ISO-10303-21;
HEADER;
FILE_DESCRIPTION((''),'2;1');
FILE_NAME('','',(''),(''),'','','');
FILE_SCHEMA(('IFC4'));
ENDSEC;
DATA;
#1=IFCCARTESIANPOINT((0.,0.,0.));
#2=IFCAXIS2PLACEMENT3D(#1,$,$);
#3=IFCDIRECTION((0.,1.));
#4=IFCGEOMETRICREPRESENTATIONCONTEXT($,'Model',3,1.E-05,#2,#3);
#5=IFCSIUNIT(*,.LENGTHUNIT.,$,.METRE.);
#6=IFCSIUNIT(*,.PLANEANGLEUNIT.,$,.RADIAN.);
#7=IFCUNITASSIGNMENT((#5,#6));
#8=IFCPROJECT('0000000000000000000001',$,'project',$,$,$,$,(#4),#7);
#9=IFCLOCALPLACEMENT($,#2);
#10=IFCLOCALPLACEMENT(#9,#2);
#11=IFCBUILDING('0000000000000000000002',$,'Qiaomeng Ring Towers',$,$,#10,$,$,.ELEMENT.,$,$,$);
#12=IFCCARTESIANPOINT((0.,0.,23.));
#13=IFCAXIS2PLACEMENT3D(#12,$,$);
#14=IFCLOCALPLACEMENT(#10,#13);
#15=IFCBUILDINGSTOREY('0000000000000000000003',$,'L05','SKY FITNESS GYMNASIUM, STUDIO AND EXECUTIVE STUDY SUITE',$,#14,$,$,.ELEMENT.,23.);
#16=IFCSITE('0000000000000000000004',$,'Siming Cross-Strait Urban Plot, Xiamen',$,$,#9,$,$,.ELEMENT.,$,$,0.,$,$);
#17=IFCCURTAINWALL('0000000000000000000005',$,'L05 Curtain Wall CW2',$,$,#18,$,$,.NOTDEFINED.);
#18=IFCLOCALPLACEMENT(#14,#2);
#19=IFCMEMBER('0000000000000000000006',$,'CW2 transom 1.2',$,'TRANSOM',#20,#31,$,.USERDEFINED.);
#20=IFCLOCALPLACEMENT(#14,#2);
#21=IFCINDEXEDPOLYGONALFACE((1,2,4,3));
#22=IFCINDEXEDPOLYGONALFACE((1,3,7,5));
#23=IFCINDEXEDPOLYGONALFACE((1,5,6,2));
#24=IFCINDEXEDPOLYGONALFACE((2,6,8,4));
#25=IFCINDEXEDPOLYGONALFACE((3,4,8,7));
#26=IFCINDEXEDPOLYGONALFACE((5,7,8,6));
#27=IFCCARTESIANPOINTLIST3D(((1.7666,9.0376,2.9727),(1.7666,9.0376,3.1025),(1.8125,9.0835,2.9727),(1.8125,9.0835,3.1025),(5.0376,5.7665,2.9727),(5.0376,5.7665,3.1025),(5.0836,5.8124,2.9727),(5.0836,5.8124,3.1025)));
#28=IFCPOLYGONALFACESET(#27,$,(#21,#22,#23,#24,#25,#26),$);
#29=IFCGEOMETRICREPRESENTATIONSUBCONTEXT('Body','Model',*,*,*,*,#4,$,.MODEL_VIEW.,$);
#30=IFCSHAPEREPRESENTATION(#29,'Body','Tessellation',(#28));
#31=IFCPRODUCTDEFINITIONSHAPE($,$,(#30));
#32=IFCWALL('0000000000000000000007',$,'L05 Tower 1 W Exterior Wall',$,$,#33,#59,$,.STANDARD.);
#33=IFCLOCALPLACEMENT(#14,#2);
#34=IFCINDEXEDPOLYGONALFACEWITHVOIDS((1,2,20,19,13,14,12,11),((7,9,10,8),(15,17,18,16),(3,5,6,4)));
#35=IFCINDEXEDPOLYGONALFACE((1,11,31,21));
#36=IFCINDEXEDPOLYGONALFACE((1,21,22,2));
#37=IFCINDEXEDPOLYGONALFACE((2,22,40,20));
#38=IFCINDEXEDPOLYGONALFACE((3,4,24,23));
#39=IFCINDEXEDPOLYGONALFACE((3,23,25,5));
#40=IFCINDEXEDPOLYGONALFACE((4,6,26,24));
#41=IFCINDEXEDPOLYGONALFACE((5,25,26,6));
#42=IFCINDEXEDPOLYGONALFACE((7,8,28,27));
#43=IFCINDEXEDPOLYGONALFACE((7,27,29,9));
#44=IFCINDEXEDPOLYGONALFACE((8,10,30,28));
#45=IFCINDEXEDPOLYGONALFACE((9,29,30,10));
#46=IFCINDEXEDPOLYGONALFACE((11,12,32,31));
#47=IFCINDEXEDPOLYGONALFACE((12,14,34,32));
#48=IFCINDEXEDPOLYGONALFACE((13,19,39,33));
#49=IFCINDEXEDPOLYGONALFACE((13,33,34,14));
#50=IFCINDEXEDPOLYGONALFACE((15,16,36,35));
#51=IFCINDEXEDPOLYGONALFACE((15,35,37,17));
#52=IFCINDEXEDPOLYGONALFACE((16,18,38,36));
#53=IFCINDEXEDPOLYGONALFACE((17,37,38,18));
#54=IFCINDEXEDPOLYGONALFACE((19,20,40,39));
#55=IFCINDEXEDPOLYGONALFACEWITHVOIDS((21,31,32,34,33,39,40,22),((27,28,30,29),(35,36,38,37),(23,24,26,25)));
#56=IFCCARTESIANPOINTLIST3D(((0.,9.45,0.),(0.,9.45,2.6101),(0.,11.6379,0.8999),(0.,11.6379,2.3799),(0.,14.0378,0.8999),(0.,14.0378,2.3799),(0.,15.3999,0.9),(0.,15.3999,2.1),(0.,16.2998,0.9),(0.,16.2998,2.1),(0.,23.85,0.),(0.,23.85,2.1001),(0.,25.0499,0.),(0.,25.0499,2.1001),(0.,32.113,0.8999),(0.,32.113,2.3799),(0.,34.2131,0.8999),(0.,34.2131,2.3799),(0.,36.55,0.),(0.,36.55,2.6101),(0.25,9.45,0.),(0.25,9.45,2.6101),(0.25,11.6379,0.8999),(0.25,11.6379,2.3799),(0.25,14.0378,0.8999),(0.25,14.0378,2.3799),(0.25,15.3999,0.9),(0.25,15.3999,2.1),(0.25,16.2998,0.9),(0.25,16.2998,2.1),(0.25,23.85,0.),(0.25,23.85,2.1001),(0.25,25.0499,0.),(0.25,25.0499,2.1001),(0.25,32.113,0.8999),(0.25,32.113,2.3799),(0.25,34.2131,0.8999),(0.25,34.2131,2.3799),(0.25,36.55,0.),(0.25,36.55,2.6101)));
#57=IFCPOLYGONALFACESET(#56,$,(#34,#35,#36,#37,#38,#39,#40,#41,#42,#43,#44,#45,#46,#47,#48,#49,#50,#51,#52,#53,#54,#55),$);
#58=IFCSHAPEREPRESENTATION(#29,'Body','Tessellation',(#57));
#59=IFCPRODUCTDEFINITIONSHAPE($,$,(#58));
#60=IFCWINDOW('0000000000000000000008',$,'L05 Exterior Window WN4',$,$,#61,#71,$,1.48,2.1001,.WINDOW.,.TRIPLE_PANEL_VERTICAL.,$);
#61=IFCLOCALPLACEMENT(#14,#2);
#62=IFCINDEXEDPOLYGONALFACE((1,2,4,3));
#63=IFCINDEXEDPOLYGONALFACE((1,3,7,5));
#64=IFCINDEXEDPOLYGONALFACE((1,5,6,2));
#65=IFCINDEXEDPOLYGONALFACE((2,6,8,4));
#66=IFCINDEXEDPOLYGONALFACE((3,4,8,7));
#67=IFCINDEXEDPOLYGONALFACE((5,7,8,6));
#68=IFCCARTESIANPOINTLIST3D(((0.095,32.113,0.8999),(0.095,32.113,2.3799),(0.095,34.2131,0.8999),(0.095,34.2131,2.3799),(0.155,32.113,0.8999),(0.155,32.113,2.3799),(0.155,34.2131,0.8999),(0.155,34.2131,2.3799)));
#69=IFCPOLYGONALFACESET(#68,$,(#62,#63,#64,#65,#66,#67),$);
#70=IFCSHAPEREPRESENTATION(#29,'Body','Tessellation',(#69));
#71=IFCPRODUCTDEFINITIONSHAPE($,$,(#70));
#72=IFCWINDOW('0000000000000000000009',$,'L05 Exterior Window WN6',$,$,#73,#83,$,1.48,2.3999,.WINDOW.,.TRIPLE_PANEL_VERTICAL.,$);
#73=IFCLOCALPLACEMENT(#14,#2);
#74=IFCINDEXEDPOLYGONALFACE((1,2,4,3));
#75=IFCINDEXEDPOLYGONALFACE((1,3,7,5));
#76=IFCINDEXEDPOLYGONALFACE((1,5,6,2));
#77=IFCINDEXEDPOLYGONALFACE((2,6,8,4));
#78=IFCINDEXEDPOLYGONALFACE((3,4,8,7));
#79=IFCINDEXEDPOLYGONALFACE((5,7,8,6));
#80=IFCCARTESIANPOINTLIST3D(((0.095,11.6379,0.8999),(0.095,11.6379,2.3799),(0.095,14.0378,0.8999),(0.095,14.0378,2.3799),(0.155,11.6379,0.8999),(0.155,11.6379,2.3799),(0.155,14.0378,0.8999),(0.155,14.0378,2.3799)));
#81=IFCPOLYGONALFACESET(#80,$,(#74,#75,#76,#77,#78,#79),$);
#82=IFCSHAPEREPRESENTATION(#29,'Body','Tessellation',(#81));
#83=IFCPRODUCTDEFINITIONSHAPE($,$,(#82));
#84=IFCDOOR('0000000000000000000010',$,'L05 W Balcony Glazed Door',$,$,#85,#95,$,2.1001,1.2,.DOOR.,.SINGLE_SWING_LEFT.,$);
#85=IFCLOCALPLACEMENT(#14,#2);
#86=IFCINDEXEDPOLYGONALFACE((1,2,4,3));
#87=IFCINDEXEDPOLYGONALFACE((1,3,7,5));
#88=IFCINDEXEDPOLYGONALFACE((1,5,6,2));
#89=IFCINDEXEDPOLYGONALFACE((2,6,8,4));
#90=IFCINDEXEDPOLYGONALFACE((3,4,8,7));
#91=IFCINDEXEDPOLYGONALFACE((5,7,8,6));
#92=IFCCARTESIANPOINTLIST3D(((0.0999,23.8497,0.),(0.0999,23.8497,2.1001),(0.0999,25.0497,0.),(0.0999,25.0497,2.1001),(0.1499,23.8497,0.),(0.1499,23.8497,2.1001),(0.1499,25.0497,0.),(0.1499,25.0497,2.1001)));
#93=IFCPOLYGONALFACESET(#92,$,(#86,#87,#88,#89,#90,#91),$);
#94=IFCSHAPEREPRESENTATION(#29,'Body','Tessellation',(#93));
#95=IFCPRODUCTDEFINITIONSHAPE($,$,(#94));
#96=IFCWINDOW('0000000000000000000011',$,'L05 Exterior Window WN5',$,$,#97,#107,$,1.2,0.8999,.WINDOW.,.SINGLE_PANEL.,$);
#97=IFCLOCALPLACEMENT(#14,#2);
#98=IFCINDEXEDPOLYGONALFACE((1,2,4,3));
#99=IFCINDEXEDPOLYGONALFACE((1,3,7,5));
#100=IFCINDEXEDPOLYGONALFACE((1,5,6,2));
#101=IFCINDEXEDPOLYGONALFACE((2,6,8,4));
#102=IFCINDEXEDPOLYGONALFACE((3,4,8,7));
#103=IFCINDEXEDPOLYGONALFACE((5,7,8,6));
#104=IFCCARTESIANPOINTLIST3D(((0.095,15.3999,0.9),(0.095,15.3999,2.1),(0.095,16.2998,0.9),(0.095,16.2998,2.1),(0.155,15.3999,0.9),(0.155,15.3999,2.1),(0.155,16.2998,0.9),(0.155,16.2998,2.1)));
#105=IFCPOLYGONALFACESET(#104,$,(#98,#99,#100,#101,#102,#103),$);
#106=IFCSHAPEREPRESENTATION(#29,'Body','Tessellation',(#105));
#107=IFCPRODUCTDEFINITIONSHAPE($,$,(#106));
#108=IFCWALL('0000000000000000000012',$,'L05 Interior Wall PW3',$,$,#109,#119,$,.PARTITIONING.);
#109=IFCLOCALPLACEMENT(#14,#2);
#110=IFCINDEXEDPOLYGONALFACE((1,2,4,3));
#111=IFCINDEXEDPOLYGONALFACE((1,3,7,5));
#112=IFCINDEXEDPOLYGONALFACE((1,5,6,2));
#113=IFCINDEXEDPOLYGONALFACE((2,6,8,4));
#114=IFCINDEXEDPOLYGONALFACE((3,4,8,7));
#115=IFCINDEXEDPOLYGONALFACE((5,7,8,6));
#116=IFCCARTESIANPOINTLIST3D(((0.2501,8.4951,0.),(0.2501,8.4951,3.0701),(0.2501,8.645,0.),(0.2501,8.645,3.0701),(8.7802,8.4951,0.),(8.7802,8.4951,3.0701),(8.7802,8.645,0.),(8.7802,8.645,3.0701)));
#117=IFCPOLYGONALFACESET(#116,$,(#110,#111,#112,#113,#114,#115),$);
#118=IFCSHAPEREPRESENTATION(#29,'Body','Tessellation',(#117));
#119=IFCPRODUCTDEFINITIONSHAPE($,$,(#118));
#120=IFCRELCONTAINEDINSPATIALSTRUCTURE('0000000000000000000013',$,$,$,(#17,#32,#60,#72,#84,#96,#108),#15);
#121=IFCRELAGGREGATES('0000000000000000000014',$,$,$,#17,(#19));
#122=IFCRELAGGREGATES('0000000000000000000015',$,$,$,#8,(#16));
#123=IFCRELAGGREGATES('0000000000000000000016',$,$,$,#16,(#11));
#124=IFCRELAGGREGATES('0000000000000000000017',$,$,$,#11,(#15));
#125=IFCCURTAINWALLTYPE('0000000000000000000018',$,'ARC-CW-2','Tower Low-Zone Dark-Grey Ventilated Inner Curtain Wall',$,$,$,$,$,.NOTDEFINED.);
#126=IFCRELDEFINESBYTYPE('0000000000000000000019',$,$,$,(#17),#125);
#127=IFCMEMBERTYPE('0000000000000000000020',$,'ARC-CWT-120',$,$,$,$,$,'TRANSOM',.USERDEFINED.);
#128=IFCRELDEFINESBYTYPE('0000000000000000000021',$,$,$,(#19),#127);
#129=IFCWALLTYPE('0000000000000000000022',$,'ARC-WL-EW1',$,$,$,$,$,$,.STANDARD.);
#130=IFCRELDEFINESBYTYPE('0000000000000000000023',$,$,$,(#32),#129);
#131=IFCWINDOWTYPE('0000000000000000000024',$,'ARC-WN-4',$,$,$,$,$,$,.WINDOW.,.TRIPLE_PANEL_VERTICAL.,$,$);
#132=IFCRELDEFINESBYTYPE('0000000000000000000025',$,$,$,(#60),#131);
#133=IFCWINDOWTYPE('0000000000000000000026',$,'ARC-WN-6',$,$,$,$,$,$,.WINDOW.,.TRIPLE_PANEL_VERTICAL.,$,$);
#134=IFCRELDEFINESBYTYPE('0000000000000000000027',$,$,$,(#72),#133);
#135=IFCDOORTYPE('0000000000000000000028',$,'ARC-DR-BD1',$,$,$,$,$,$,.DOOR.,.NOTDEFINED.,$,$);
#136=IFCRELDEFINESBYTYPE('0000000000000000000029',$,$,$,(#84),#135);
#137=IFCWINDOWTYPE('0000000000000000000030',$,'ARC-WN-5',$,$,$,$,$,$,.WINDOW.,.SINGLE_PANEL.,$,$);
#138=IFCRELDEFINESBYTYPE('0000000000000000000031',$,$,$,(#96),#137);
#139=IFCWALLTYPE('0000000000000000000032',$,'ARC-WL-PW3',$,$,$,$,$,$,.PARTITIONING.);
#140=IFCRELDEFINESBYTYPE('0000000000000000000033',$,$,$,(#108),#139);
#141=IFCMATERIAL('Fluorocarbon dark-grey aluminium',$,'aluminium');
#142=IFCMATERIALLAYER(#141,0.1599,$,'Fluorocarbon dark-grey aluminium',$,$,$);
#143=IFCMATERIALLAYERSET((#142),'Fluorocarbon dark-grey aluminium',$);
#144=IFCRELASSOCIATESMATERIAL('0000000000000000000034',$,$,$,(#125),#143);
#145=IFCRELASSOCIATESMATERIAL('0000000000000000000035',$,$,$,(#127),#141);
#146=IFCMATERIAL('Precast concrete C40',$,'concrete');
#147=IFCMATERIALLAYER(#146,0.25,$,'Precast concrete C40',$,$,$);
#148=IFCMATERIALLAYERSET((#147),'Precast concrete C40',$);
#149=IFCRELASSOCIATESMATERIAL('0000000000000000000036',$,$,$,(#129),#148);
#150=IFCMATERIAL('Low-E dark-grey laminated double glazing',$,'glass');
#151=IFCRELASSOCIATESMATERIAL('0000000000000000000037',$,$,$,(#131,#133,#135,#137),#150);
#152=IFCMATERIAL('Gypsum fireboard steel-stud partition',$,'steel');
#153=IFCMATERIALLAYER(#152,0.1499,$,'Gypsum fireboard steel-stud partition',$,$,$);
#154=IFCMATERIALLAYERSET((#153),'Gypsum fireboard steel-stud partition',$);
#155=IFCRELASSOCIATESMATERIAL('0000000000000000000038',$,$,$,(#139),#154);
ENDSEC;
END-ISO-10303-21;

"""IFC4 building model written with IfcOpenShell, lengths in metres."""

from ifc_helpers import new_model, si_unit, direction, frame, frame_2d, origin, origin_2d, place, context, subcontext, project, spatial, rectangle, extrude, source, transform, mapped, material, layer, layer_set, material_profile, profile_set, type_object, element, fill, aggregate, save


model = new_model("IFC4")

# Units and contexts
model_context = context("Model", 3, precision=1e-05, world=origin(), true_north=direction((0.0, 1.0)))
body_context = subcontext(model_context, "Body", "Model", "MODEL_VIEW")
ifc_project = project(units=[si_unit("LENGTHUNIT", "METRE"), si_unit("PLANEANGLEUNIT", "RADIAN")], contexts=[model_context])

# Site, building, storey
site_placement = place(None, origin())
site = spatial("IfcSite", under=ifc_project, at=site_placement, Name="Siming Cross-Strait Urban Plot, Xiamen", CompositionType="ELEMENT", RefElevation=0.0)
building_placement = place(site_placement, origin())
building = spatial("IfcBuilding", under=site, at=building_placement, Name="Qiaomeng Ring Towers", CompositionType="ELEMENT")
storey_placement = place(building_placement, frame((0.0, 0.0, 23.0)))
storey = spatial("IfcBuildingStorey", under=building, at=storey_placement, Name="L05", Description="SKY FITNESS GYMNASIUM, STUDIO AND EXECUTIVE STUDY SUITE", CompositionType="ELEMENT", Elevation=23.0)

# Curtain wall, member
ifc_material_1 = material(Name="Fluorocarbon dark-grey aluminium", Category="aluminium")
ifc_layer_1 = layer(ifc_material_1, 0.1599, Name="Fluorocarbon dark-grey aluminium")
ifc_layer_set_1 = layer_set([ifc_layer_1], Name="Fluorocarbon dark-grey aluminium")
curtain_wall_type = type_object("IfcCurtainWallType", Name="ARC-CW-2", Description="Tower Low-Zone Dark-Grey Ventilated Inner Curtain Wall", PredefinedType="NOTDEFINED", material=ifc_layer_set_1)
curtain_wall_placement = place(storey_placement, origin())
curtain_wall = element("IfcCurtainWall", 1, at=curtain_wall_placement, inside=storey, type_object=curtain_wall_type, Name="L05 Curtain Wall CW2", PredefinedType="NOTDEFINED")
ifc_material_profile_1 = material_profile(ifc_material_1, rectangle(XDim=0.0649, YDim=0.1299, at=origin_2d()), Name="ALU TRAN 65x130")
ifc_profile_set_1 = profile_set([ifc_material_profile_1], Name="Fluorocarbon dark-grey aluminium")
member_type_1 = type_object("IfcMemberType", Name="ARC-CWT-120", ElementType="TRANSOM", PredefinedType="USERDEFINED", material=ifc_profile_set_1)
shared_shape_1 = source(origin(), body_context, "Body", "SweptSolid", [
    extrude(rectangle(XDim=0.0649, YDim=0.1299, at=origin_2d()), origin(), (0.0, 0.0, 1.0), 4.626),
])
member_1_placement = place(storey_placement, frame((1.7896, 9.0605, 3.0376), z_axis=(0.707107, -0.707107, 0.0), x_axis=(0.707107, 0.707107, 0.0)))
member_1 = element("IfcMember", 2, at=member_1_placement, type_object=member_type_1, Name="CW2 transom 1.2", ObjectType="TRANSOM", PredefinedType="USERDEFINED", context=body_context, shape_type="MappedRepresentation", body=[
    mapped(shared_shape_1, transform((0.0, 0.0, 0.0), x_axis=(1.0, 0.0, 0.0), y_axis=(0.0, 1.0, 0.0), z_axis=(0.0, 0.0, 1.0), scale=1.0)),
])
aggregate(curtain_wall, [member_1])

# Wall, openings, windows, door
ifc_material_2 = material(Name="Precast concrete C40", Category="concrete")
ifc_layer_2 = layer(ifc_material_2, 0.25, Name="Precast concrete C40")
ifc_layer_set_2 = layer_set([ifc_layer_2], Name="Precast concrete C40")
wall_type_1 = type_object("IfcWallType", Name="ARC-WL-EW1", PredefinedType="STANDARD", material=ifc_layer_set_2)
wall_1_placement = place(storey_placement, frame((0.125, 9.45, 0.0), z_axis=(0.0, 0.0, 1.0), x_axis=(0.0, 1.0, 0.0)))
wall_1 = element("IfcWall", 3, at=wall_1_placement, inside=storey, type_object=wall_type_1, Name="L05 Tower 1 W Exterior Wall", PredefinedType="STANDARD", context=body_context, shape_type="SweptSolid", body=[
    extrude(rectangle(XDim=27.1001, YDim=0.25, at=frame_2d((13.55, 0.0))), origin(), (0.0, 0.0, 1.0), 2.6101),
])
opening_1_placement = place(wall_1_placement, frame((14.3999, 0.0, 0.0)))
opening_1 = element("IfcOpeningElement", 4, at=opening_1_placement, cuts=wall_1, PredefinedType="OPENING", context=body_context, shape_type="SweptSolid", body=[
    extrude(rectangle(XDim=1.2, YDim=2.1001, at=frame_2d((0.6001, 1.05))), frame((0.0, 0.135, 0.0), z_axis=(0.0, -1.0, 0.0), x_axis=(1.0, 0.0, 0.0)), (0.0, 0.0, 1.0), 0.27),
])
opening_2_placement = place(wall_1_placement, frame((2.188, 0.0, 0.8999)))
opening_2 = element("IfcOpeningElement", 5, at=opening_2_placement, cuts=wall_1, PredefinedType="OPENING", context=body_context, shape_type="SweptSolid", body=[
    extrude(rectangle(XDim=2.3999, YDim=1.48, at=frame_2d((1.2, 0.74))), frame((0.0, 0.135, 0.0), z_axis=(0.0, -1.0, 0.0), x_axis=(1.0, 0.0, 0.0)), (0.0, 0.0, 1.0), 0.27),
])
opening_3_placement = place(wall_1_placement, frame((22.6631, 0.0, 0.8999)))
opening_3 = element("IfcOpeningElement", 6, at=opening_3_placement, cuts=wall_1, PredefinedType="OPENING", context=body_context, shape_type="SweptSolid", body=[
    extrude(rectangle(XDim=2.1001, YDim=1.48, at=frame_2d((1.05, 0.74))), frame((0.0, 0.135, 0.0), z_axis=(0.0, -1.0, 0.0), x_axis=(1.0, 0.0, 0.0)), (0.0, 0.0, 1.0), 0.27),
])
opening_4_placement = place(wall_1_placement, frame((5.95, 0.0, 0.8999)))
opening_4 = element("IfcOpeningElement", 7, at=opening_4_placement, cuts=wall_1, PredefinedType="OPENING", context=body_context, shape_type="SweptSolid", body=[
    extrude(rectangle(XDim=0.8999, YDim=1.2, at=frame_2d((0.45, 0.6001))), frame((0.0, 0.135, 0.0), z_axis=(0.0, -1.0, 0.0), x_axis=(1.0, 0.0, 0.0)), (0.0, 0.0, 1.0), 0.27),
])
ifc_material_3 = material(Name="Low-E dark-grey laminated double glazing", Category="glass")
window_type_1 = type_object("IfcWindowType", Name="ARC-WN-4", PartitioningType="TRIPLE_PANEL_VERTICAL", PredefinedType="WINDOW", material=ifc_material_3)
shared_shape_2 = source(origin(), body_context, "Body", "SweptSolid", [
    extrude(rectangle(XDim=2.1001, YDim=1.48, at=frame_2d((1.05, 0.74))), frame((0.0, 0.03, 0.0), z_axis=(0.0, -1.0, 0.0), x_axis=(1.0, 0.0, 0.0)), (0.0, 0.0, 1.0), 0.0601),
])
window_1_placement = place(opening_3_placement, origin())
window_1 = element("IfcWindow", 8, at=window_1_placement, inside=storey, type_object=window_type_1, Name="L05 Exterior Window WN4", OverallHeight=1.48, OverallWidth=2.1001, PartitioningType="TRIPLE_PANEL_VERTICAL", PredefinedType="WINDOW", context=body_context, shape_type="MappedRepresentation", body=[
    mapped(shared_shape_2, transform((0.0, 0.0, 0.0), x_axis=(1.0, 0.0, 0.0), y_axis=(0.0, 1.0, 0.0), z_axis=(0.0, 0.0, 1.0), scale=1.0)),
])
fill(opening_3, window_1)
window_type_2 = type_object("IfcWindowType", Name="ARC-WN-6", PartitioningType="TRIPLE_PANEL_VERTICAL", PredefinedType="WINDOW", material=ifc_material_3)
shared_shape_3 = source(origin(), body_context, "Body", "SweptSolid", [
    extrude(rectangle(XDim=2.3999, YDim=1.48, at=frame_2d((1.2, 0.74))), frame((0.0, 0.03, 0.0), z_axis=(0.0, -1.0, 0.0), x_axis=(1.0, 0.0, 0.0)), (0.0, 0.0, 1.0), 0.0601),
])
window_2_placement = place(opening_2_placement, origin())
window_2 = element("IfcWindow", 9, at=window_2_placement, inside=storey, type_object=window_type_2, Name="L05 Exterior Window WN6", OverallHeight=1.48, OverallWidth=2.3999, PartitioningType="TRIPLE_PANEL_VERTICAL", PredefinedType="WINDOW", context=body_context, shape_type="MappedRepresentation", body=[
    mapped(shared_shape_3, transform((0.0, 0.0, 0.0), x_axis=(1.0, 0.0, 0.0), y_axis=(0.0, 1.0, 0.0), z_axis=(0.0, 0.0, 1.0), scale=1.0)),
])
fill(opening_2, window_2)
door_type_1 = type_object("IfcDoorType", Name="ARC-DR-BD1", OperationType="NOTDEFINED", PredefinedType="DOOR", material=ifc_material_3)
shared_shape_4 = source(origin(), body_context, "Body", "SweptSolid", [
    extrude(rectangle(XDim=1.2, YDim=2.1001, at=frame_2d((0.6001, 1.05))), frame((0.0, 0.0249, 0.0), z_axis=(0.0, -1.0, 0.0), x_axis=(1.0, 0.0, 0.0)), (0.0, 0.0, 1.0), 0.05),
])
door_1_placement = place(opening_1_placement, frame((1.2, 0.0, 0.0), z_axis=(0.0, 0.0, 1.0), x_axis=(-1.0, 0.0, 0.0)))
door_1 = element("IfcDoor", 10, at=door_1_placement, inside=storey, type_object=door_type_1, Name="L05 W Balcony Glazed Door", OperationType="SINGLE_SWING_LEFT", OverallHeight=2.1001, OverallWidth=1.2, PredefinedType="DOOR", context=body_context, shape_type="MappedRepresentation", body=[
    mapped(shared_shape_4, transform((0.0, 0.0, 0.0), x_axis=(1.0, 0.0, 0.0), y_axis=(0.0, 1.0, 0.0), z_axis=(0.0, 0.0, 1.0), scale=1.0)),
])
fill(opening_1, door_1)
window_type_3 = type_object("IfcWindowType", Name="ARC-WN-5", PartitioningType="SINGLE_PANEL", PredefinedType="WINDOW", material=ifc_material_3)
shared_shape_5 = source(origin(), body_context, "Body", "SweptSolid", [
    extrude(rectangle(XDim=0.8999, YDim=1.2, at=frame_2d((0.45, 0.6001))), frame((0.0, 0.03, 0.0), z_axis=(0.0, -1.0, 0.0), x_axis=(1.0, 0.0, 0.0)), (0.0, 0.0, 1.0), 0.0601),
])
window_3_placement = place(opening_4_placement, origin())
window_3 = element("IfcWindow", 11, at=window_3_placement, inside=storey, type_object=window_type_3, Name="L05 Exterior Window WN5", OverallHeight=1.2, OverallWidth=0.8999, PartitioningType="SINGLE_PANEL", PredefinedType="WINDOW", context=body_context, shape_type="MappedRepresentation", body=[
    mapped(shared_shape_5, transform((0.0, 0.0, 0.0), x_axis=(1.0, 0.0, 0.0), y_axis=(0.0, 1.0, 0.0), z_axis=(0.0, 0.0, 1.0), scale=1.0)),
])
fill(opening_4, window_3)

# Wall
ifc_material_4 = material(Name="Gypsum fireboard steel-stud partition", Category="steel")
ifc_layer_3 = layer(ifc_material_4, 0.1499, Name="Gypsum fireboard steel-stud partition")
ifc_layer_set_3 = layer_set([ifc_layer_3], Name="Gypsum fireboard steel-stud partition")
wall_type_2 = type_object("IfcWallType", Name="ARC-WL-PW3", PredefinedType="PARTITIONING", material=ifc_layer_set_3)
wall_2_placement = place(storey_placement, frame((0.25, 8.5701, 0.0), z_axis=(0.0, 0.0, 1.0), x_axis=(1.0, 0.0, 0.0)))
element("IfcWall", 12, at=wall_2_placement, inside=storey, type_object=wall_type_2, Name="L05 Interior Wall PW3", PredefinedType="PARTITIONING", context=body_context, shape_type="SweptSolid", body=[
    extrude(rectangle(XDim=8.53, YDim=0.1499, at=frame_2d((4.2651, 0.0))), origin(), (0.0, 0.0, 1.0), 3.0701),
])

save(model, "model.ifc")
